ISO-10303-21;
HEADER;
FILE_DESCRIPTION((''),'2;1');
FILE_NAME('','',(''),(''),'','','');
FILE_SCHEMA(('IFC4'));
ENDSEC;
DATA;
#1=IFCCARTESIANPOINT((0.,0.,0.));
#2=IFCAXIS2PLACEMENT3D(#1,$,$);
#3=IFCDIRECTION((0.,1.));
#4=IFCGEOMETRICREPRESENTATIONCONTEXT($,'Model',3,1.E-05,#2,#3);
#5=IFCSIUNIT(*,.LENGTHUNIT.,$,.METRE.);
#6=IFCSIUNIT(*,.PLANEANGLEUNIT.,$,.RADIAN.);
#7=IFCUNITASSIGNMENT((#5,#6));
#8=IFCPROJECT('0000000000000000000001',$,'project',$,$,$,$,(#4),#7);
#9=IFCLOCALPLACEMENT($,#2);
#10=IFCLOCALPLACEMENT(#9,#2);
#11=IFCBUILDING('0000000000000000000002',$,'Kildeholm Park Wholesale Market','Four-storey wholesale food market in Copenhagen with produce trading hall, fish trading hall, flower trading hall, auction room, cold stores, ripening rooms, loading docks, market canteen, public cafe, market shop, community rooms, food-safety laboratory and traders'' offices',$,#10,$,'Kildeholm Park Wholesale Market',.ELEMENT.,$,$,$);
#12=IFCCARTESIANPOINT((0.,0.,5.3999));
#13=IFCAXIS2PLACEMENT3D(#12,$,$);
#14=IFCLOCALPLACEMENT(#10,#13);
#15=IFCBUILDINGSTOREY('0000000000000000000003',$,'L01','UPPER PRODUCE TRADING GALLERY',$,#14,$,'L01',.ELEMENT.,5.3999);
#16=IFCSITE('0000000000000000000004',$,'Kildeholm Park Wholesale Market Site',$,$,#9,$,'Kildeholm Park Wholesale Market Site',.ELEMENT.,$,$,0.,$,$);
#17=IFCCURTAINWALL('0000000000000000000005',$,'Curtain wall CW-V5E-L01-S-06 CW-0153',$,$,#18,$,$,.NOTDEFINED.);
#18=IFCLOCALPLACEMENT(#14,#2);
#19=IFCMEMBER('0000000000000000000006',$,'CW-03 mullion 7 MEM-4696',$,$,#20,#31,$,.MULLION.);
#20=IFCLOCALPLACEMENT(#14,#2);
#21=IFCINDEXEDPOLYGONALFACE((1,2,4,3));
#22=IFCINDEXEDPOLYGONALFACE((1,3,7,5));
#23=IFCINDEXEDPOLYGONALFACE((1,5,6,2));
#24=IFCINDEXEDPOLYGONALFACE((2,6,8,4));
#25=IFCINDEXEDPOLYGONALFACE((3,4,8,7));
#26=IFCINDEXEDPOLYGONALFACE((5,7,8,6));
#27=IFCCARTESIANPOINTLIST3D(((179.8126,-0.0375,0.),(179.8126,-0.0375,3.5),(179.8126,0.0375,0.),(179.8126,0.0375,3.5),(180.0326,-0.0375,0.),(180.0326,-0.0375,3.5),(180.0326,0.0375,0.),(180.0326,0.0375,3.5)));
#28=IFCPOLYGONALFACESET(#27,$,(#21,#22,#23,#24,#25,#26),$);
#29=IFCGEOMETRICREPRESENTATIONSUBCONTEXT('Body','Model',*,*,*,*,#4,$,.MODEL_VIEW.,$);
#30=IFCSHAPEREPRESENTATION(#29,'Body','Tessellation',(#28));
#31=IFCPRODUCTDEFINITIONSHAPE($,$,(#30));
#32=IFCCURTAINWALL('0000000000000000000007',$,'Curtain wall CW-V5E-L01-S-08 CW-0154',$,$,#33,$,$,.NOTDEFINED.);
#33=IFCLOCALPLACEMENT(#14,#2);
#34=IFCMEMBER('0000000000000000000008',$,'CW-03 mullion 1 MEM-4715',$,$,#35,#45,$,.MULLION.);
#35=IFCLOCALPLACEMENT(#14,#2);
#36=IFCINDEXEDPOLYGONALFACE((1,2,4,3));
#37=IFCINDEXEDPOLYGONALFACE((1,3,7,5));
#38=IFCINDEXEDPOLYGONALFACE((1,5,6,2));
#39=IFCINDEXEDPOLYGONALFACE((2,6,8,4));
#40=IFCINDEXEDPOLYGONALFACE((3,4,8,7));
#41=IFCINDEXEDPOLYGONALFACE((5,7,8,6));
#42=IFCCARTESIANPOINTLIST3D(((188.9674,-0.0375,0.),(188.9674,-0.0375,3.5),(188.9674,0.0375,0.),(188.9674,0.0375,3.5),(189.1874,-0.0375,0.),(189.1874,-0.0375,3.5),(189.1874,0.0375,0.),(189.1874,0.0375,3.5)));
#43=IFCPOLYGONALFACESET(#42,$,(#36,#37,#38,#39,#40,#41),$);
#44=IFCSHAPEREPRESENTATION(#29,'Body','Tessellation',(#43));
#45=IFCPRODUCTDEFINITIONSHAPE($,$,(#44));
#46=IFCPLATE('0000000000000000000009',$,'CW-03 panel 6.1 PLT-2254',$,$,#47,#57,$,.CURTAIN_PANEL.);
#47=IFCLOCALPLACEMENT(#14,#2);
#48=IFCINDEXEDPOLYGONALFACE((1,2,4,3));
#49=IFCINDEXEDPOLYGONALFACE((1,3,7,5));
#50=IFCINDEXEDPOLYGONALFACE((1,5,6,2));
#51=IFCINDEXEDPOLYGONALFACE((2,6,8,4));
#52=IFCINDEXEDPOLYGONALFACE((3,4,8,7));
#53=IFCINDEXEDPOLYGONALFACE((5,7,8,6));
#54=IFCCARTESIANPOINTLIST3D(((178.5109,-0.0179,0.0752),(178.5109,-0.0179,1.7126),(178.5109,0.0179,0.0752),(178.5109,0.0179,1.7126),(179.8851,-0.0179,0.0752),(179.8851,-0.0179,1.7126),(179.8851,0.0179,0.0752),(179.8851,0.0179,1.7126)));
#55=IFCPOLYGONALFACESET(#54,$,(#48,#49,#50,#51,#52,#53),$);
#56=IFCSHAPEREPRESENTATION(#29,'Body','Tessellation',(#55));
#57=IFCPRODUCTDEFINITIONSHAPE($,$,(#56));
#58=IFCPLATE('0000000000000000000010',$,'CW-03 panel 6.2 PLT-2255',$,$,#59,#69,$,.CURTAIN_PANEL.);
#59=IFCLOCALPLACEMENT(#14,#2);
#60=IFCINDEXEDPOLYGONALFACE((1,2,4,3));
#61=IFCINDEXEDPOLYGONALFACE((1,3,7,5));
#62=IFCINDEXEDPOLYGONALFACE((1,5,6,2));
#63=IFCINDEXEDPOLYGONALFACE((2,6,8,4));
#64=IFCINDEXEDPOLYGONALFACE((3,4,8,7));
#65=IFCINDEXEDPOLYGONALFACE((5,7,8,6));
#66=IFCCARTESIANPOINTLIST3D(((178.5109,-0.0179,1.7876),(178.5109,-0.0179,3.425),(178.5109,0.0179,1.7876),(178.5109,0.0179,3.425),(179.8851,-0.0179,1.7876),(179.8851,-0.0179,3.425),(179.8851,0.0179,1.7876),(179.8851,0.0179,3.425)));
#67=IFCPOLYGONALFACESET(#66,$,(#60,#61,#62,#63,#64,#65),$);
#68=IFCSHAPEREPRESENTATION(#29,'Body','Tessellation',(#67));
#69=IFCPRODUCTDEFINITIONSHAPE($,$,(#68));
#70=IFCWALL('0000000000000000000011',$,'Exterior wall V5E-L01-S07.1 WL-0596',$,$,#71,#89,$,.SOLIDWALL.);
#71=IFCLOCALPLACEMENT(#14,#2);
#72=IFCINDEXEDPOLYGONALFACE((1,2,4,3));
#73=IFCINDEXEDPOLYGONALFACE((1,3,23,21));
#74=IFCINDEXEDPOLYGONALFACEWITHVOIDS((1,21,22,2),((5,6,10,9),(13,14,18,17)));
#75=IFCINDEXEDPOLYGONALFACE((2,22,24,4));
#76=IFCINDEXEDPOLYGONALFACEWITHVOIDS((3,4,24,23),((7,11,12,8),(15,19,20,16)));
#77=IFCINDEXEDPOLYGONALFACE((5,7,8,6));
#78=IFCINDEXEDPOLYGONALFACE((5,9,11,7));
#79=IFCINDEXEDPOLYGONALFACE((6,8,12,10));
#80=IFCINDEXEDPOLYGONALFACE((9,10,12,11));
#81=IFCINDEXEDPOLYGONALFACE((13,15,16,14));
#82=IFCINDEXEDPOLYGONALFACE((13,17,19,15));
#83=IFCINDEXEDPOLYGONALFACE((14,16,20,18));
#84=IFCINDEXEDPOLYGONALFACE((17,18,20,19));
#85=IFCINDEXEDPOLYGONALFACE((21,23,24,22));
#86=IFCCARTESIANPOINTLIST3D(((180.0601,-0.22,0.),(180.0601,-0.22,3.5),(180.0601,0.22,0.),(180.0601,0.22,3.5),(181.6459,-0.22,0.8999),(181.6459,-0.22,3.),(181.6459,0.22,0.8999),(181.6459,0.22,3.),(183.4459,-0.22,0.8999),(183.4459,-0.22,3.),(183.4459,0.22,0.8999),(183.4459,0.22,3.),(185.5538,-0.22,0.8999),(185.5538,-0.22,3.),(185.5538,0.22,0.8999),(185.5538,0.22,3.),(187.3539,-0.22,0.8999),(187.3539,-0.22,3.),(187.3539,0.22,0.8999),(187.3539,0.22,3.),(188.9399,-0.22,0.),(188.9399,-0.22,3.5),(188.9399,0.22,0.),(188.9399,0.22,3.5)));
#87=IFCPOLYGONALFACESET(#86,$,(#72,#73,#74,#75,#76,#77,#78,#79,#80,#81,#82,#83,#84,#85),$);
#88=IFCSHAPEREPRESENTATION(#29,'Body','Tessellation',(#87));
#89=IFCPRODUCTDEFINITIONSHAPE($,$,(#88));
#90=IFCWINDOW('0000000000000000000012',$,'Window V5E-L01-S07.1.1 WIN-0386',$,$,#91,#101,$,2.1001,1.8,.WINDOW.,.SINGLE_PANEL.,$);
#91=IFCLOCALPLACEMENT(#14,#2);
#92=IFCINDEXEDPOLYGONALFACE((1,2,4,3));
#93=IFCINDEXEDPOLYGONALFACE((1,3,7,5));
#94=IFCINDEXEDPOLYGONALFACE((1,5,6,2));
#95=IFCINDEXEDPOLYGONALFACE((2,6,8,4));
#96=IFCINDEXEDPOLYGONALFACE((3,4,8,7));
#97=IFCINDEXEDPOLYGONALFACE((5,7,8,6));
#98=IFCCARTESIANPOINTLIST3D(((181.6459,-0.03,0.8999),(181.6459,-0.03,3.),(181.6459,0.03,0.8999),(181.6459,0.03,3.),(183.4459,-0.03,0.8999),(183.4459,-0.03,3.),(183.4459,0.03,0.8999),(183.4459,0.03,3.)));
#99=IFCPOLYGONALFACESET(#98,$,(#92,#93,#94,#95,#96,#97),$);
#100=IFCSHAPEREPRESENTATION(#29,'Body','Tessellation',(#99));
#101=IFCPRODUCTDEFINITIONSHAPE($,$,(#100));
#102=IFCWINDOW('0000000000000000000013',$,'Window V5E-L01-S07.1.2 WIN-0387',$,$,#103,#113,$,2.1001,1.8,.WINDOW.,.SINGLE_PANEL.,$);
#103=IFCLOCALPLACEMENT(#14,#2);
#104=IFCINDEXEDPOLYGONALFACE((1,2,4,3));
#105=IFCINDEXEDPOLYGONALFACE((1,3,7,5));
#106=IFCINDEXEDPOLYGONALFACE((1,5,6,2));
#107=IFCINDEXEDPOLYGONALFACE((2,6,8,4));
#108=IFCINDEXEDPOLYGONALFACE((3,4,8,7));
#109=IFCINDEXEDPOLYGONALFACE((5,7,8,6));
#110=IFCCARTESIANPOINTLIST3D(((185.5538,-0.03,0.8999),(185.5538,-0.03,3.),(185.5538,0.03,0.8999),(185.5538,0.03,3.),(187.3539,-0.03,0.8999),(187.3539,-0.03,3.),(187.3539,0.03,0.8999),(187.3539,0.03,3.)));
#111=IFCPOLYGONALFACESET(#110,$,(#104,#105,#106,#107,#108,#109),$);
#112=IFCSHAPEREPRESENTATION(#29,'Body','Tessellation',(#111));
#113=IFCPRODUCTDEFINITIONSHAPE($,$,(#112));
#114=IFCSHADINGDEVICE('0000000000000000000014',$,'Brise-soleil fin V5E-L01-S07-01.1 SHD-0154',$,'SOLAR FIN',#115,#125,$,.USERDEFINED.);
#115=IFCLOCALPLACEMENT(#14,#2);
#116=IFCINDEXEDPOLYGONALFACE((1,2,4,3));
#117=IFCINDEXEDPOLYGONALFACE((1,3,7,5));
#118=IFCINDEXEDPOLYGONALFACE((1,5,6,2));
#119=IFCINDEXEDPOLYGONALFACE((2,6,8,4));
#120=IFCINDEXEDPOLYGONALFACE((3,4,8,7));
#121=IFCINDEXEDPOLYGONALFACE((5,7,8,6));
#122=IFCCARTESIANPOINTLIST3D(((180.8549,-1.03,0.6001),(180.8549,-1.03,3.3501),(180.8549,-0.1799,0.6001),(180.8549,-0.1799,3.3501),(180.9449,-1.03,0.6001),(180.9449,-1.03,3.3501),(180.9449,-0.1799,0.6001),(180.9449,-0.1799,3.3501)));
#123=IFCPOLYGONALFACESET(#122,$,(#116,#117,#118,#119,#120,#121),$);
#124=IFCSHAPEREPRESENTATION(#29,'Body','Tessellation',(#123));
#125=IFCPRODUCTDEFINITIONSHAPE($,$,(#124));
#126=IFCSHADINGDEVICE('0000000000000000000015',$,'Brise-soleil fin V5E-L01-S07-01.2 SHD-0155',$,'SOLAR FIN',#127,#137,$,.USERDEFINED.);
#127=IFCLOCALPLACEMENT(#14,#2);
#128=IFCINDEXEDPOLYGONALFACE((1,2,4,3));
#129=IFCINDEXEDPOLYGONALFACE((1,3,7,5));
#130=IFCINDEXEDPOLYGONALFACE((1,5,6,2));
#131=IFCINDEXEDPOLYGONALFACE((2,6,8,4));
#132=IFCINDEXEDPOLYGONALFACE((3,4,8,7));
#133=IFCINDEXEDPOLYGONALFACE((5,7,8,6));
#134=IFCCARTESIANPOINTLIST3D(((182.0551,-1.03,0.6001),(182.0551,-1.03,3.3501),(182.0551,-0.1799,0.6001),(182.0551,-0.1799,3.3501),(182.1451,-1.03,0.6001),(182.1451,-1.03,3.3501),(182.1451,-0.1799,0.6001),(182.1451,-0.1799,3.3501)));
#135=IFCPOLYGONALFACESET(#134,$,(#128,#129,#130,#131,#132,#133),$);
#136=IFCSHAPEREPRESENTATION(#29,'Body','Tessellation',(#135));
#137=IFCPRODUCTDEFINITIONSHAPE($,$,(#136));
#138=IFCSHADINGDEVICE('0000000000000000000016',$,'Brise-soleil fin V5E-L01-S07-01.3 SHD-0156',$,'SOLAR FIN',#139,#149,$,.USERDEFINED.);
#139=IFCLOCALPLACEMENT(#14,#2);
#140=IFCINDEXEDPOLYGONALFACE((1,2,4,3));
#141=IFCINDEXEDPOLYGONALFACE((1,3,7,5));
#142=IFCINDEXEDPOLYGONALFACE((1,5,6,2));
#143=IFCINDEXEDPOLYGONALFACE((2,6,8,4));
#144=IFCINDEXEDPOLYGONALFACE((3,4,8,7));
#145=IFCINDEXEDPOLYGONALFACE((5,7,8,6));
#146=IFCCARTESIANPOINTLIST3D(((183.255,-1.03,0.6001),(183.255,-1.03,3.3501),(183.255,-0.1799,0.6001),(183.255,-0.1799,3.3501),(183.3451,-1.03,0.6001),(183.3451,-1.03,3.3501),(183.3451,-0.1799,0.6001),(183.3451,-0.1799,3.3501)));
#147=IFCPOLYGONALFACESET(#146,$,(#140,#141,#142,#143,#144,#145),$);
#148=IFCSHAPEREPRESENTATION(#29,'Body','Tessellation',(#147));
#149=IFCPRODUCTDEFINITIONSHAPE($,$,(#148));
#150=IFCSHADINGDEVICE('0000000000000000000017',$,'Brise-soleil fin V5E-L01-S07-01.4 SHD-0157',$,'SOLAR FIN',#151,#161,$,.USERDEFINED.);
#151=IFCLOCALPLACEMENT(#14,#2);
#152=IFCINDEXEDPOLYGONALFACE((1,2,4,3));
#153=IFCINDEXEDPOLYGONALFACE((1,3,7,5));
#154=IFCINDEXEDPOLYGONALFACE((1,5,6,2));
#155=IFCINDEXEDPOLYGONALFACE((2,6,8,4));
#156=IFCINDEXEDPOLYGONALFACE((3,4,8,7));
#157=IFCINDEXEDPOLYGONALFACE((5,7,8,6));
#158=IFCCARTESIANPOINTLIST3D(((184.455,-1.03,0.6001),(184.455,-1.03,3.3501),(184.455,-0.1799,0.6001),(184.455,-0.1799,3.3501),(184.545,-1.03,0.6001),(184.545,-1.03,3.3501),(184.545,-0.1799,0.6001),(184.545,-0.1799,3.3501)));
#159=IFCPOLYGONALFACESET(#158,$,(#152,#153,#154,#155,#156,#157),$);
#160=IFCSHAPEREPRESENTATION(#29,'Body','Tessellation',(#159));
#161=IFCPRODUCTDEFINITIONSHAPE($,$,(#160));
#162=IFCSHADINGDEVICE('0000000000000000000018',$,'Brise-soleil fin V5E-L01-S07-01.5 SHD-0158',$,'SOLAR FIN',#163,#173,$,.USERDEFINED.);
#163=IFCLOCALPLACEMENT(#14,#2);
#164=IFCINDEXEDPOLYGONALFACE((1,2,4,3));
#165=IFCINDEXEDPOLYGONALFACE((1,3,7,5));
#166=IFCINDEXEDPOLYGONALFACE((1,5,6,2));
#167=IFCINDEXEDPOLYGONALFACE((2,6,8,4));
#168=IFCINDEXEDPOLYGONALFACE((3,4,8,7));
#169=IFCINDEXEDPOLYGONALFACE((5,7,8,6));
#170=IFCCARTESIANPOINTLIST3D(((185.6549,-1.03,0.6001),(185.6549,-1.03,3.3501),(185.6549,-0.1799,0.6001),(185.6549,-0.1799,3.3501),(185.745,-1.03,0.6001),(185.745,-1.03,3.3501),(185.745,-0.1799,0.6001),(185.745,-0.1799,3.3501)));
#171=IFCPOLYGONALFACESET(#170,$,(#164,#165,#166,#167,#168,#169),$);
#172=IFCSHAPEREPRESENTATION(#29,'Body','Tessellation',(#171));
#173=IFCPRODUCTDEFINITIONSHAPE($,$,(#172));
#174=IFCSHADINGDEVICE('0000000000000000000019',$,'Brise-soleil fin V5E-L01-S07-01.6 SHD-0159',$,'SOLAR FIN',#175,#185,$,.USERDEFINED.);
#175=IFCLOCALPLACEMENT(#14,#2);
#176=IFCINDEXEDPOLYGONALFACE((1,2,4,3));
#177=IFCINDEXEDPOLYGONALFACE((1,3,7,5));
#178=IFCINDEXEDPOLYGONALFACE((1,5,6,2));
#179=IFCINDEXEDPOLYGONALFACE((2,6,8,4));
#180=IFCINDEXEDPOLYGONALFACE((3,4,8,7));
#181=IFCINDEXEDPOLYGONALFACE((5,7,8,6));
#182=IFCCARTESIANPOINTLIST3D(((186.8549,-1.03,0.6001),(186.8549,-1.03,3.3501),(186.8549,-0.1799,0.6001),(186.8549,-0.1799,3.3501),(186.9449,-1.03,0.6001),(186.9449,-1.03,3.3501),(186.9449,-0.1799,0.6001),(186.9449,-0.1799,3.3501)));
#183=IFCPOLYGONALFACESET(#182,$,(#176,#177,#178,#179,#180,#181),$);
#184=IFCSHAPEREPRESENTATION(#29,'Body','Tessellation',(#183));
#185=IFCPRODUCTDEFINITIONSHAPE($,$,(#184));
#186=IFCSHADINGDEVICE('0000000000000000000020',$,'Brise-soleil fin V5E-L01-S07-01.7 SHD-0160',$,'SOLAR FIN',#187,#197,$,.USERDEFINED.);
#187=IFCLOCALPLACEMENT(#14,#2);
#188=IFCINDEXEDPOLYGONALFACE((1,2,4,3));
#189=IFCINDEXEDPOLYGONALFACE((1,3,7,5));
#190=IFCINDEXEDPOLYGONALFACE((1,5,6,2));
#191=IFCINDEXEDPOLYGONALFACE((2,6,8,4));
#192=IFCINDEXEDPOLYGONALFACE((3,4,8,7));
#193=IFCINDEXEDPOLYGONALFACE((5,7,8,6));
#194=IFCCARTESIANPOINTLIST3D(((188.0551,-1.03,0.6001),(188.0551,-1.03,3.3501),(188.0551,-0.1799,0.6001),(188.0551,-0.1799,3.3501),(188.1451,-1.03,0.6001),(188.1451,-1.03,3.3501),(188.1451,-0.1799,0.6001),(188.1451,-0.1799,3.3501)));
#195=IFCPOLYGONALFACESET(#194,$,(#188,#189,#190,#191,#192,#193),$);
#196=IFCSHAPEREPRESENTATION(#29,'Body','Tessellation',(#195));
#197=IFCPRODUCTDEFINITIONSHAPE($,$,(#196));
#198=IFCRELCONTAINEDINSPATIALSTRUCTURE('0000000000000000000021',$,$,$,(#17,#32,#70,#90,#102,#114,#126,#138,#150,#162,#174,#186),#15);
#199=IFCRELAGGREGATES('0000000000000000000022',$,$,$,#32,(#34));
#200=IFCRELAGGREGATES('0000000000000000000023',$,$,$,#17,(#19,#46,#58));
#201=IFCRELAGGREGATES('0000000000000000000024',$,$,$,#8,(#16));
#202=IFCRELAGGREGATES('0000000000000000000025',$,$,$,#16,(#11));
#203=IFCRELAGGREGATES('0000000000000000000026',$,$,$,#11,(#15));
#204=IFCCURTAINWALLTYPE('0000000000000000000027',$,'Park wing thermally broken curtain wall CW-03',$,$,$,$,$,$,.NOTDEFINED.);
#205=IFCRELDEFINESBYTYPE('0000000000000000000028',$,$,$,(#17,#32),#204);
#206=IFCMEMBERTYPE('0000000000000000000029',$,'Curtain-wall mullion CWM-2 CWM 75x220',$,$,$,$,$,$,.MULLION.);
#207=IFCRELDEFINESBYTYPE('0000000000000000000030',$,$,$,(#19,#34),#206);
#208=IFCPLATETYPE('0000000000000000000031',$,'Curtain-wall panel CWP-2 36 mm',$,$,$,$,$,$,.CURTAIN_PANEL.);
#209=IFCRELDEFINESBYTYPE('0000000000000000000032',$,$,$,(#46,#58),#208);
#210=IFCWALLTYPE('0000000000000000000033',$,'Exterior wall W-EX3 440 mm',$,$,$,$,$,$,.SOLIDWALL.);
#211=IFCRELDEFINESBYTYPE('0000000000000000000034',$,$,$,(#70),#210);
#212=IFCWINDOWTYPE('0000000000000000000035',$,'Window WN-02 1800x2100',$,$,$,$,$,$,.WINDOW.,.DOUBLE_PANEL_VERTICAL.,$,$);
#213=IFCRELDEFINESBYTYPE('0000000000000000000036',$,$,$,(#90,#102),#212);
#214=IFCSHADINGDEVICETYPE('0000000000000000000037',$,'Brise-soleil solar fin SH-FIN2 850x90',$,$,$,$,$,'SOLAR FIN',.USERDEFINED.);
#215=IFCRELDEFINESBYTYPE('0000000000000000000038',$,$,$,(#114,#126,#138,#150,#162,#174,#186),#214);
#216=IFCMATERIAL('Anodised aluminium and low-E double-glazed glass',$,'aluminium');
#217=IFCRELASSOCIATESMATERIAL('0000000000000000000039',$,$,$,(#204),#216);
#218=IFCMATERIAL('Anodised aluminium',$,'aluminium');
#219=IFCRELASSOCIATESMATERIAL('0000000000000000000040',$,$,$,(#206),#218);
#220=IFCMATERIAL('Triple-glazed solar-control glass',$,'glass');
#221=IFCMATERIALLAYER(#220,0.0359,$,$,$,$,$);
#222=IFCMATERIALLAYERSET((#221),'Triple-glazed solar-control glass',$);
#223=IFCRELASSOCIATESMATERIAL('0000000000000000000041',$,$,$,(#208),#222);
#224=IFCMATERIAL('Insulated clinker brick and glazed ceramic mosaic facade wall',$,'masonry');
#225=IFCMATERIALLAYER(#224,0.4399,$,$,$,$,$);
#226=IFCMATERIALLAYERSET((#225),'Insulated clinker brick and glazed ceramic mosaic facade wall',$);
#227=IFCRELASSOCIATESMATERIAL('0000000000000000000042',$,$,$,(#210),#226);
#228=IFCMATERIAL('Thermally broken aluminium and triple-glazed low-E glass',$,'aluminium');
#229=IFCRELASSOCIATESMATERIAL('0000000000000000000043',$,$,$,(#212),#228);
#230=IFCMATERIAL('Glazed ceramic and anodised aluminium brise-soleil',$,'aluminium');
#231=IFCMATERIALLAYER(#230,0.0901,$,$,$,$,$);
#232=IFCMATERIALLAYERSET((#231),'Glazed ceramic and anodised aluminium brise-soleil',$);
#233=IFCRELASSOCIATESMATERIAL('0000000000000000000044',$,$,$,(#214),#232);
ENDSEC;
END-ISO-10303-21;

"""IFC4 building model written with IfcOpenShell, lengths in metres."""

from ifc_helpers import new_model, si_unit, direction, frame, frame_2d, origin, origin_2d, place, context, subcontext, project, spatial, rectangle, extrude, material, layer, layer_set, material_profile, profile_set, type_object, element, fill, aggregate, save


model = new_model("IFC4")

# Units and contexts
model_context = context("Model", 3, precision=1e-05, world=origin(), true_north=direction((0.0, 1.0)))
body_context = subcontext(model_context, "Body", "Model", "MODEL_VIEW")
ifc_project = project(units=[si_unit("LENGTHUNIT", "METRE"), si_unit("PLANEANGLEUNIT", "RADIAN")], contexts=[model_context])

# Site, building, storey
site_placement = place(None, origin())
site = spatial("IfcSite", under=ifc_project, at=site_placement, Name="Kildeholm Park Wholesale Market Site", LongName="Kildeholm Park Wholesale Market Site", CompositionType="ELEMENT", RefElevation=0.0)
building_placement = place(site_placement, origin())
building = spatial("IfcBuilding", under=site, at=building_placement, Name="Kildeholm Park Wholesale Market", Description="Four-storey wholesale food market in Copenhagen with produce trading hall, fish trading hall, flower trading hall, auction room, cold stores, ripening rooms, loading docks, market canteen, public cafe, market shop, community rooms, food-safety laboratory and traders' offices", LongName="Kildeholm Park Wholesale Market", CompositionType="ELEMENT")
storey_placement = place(building_placement, frame((0.0, 0.0, 5.3999)))
storey = spatial("IfcBuildingStorey", under=building, at=storey_placement, Name="L01", Description="UPPER PRODUCE TRADING GALLERY", LongName="L01", CompositionType="ELEMENT", Elevation=5.3999)

# Curtain walls, members
ifc_material_1 = material(Name="Anodised aluminium and low-E double-glazed glass", Category="aluminium")
curtain_wall_type = type_object("IfcCurtainWallType", Name="Park wing thermally broken curtain wall CW-03", PredefinedType="NOTDEFINED", material=ifc_material_1)
curtain_wall_1_placement = place(storey_placement, origin())
curtain_wall_1 = element("IfcCurtainWall", 1, at=curtain_wall_1_placement, inside=storey, type_object=curtain_wall_type, Name="Curtain wall CW-V5E-L01-S-06 CW-0153", PredefinedType="NOTDEFINED")
ifc_material_2 = material(Name="Anodised aluminium", Category="aluminium")
ifc_material_profile_1 = material_profile(ifc_material_2, rectangle(XDim=0.075, YDim=0.22, at=origin_2d()), Name="CWM 75x220")
ifc_profile_set_1 = profile_set([ifc_material_profile_1], Name="Anodised aluminium")
member_type = type_object("IfcMemberType", Name="Curtain-wall mullion CWM-2 CWM 75x220", PredefinedType="MULLION", material=ifc_profile_set_1)
member_1_placement = place(storey_placement, frame((179.9226, 0.0, 0.0), z_axis=(0.0, 0.0, 1.0), x_axis=(0.0, 1.0, 0.0)))
member_1 = element("IfcMember", 2, at=member_1_placement, type_object=member_type, Name="CW-03 mullion 7 MEM-4696", PredefinedType="MULLION", context=body_context, shape_type="SweptSolid", body=[
    extrude(rectangle(XDim=0.075, YDim=0.22, at=origin_2d()), origin(), (0.0, 0.0, 1.0), 3.5),
])
curtain_wall_2_placement = place(storey_placement, origin())
curtain_wall_2 = element("IfcCurtainWall", 3, at=curtain_wall_2_placement, inside=storey, type_object=curtain_wall_type, Name="Curtain wall CW-V5E-L01-S-08 CW-0154", PredefinedType="NOTDEFINED")
member_2_placement = place(storey_placement, frame((189.0774, 0.0, 0.0), z_axis=(0.0, 0.0, 1.0), x_axis=(0.0, 1.0, 0.0)))
member_2 = element("IfcMember", 4, at=member_2_placement, type_object=member_type, Name="CW-03 mullion 1 MEM-4715", PredefinedType="MULLION", context=body_context, shape_type="SweptSolid", body=[
    extrude(rectangle(XDim=0.075, YDim=0.22, at=origin_2d()), origin(), (0.0, 0.0, 1.0), 3.5),
])
aggregate(curtain_wall_2, [member_2])

# Plates
ifc_material_3 = material(Name="Triple-glazed solar-control glass", Category="glass")
ifc_layer_1 = layer(ifc_material_3, 0.0359)
ifc_layer_set_1 = layer_set([ifc_layer_1], Name="Triple-glazed solar-control glass")
plate_type = type_object("IfcPlateType", Name="Curtain-wall panel CWP-2 36 mm", PredefinedType="CURTAIN_PANEL", material=ifc_layer_set_1)
plate_1_placement = place(storey_placement, frame((179.198, 0.0, 0.0752), z_axis=(0.0, 0.0, 1.0), x_axis=(1.0, 0.0, 0.0)))
plate_1 = element("IfcPlate", 5, at=plate_1_placement, type_object=plate_type, Name="CW-03 panel 6.1 PLT-2254", PredefinedType="CURTAIN_PANEL", context=body_context, shape_type="SweptSolid", body=[
    extrude(rectangle(XDim=1.3743, YDim=0.0359, at=origin_2d()), origin(), (0.0, 0.0, 1.0), 1.6375),
])
plate_2_placement = place(storey_placement, frame((179.198, 0.0, 1.7876), z_axis=(0.0, 0.0, 1.0), x_axis=(1.0, 0.0, 0.0)))
plate_2 = element("IfcPlate", 6, at=plate_2_placement, type_object=plate_type, Name="CW-03 panel 6.2 PLT-2255", PredefinedType="CURTAIN_PANEL", context=body_context, shape_type="SweptSolid", body=[
    extrude(rectangle(XDim=1.3743, YDim=0.0359, at=origin_2d()), origin(), (0.0, 0.0, 1.0), 1.6375),
])
aggregate(curtain_wall_1, [member_1, plate_1, plate_2])

# Wall, openings, windows
ifc_material_4 = material(Name="Insulated clinker brick and glazed ceramic mosaic facade wall", Category="masonry")
ifc_layer_2 = layer(ifc_material_4, 0.4399)
ifc_layer_set_2 = layer_set([ifc_layer_2], Name="Insulated clinker brick and glazed ceramic mosaic facade wall")
wall_type = type_object("IfcWallType", Name="Exterior wall W-EX3 440 mm", PredefinedType="SOLIDWALL", material=ifc_layer_set_2)
wall_placement = place(storey_placement, frame((180.0601, 0.0, 0.0), z_axis=(0.0, 0.0, 1.0), x_axis=(1.0, 0.0, 0.0)))
wall = element("IfcWall", 7, at=wall_placement, inside=storey, type_object=wall_type, Name="Exterior wall V5E-L01-S07.1 WL-0596", PredefinedType="SOLIDWALL", context=body_context, shape_type="SweptSolid", body=[
    extrude(rectangle(XDim=8.8799, YDim=0.4399, at=frame_2d((4.4399, 0.0))), origin(), (0.0, 0.0, 1.0), 3.5),
])
opening_1_placement = place(wall_placement, frame((1.5859, 0.0, 0.8999)))
opening_1 = element("IfcOpeningElement", 8, at=opening_1_placement, cuts=wall, PredefinedType="OPENING", context=body_context, shape_type="SweptSolid", body=[
    extrude(rectangle(XDim=1.8, YDim=2.1001, at=frame_2d((0.8999, 1.05))), frame((0.0, 0.23, 0.0), z_axis=(0.0, -1.0, 0.0), x_axis=(1.0, 0.0, 0.0)), (0.0, 0.0, 1.0), 0.46),
])
opening_2_placement = place(wall_placement, frame((5.4939, 0.0, 0.8999)))
opening_2 = element("IfcOpeningElement", 9, at=opening_2_placement, cuts=wall, PredefinedType="OPENING", context=body_context, shape_type="SweptSolid", body=[
    extrude(rectangle(XDim=1.8, YDim=2.1001, at=frame_2d((0.8999, 1.05))), frame((0.0, 0.23, 0.0), z_axis=(0.0, -1.0, 0.0), x_axis=(1.0, 0.0, 0.0)), (0.0, 0.0, 1.0), 0.46),
])
ifc_material_5 = material(Name="Thermally broken aluminium and triple-glazed low-E glass", Category="aluminium")
window_type = type_object("IfcWindowType", Name="Window WN-02 1800x2100", PartitioningType="DOUBLE_PANEL_VERTICAL", PredefinedType="WINDOW", material=ifc_material_5)
window_1_placement = place(opening_1_placement, origin())
window_1 = element("IfcWindow", 10, at=window_1_placement, inside=storey, type_object=window_type, Name="Window V5E-L01-S07.1.1 WIN-0386", OverallHeight=2.1001, OverallWidth=1.8, PartitioningType="SINGLE_PANEL", PredefinedType="WINDOW", context=body_context, shape_type="SweptSolid", body=[
    extrude(rectangle(XDim=1.8, YDim=2.1001, at=frame_2d((0.8999, 1.05))), frame((0.0, 0.03, 0.0), z_axis=(0.0, -1.0, 0.0), x_axis=(1.0, 0.0, 0.0)), (0.0, 0.0, 1.0), 0.0601),
])
fill(opening_1, window_1)
window_2_placement = place(opening_2_placement, origin())
window_2 = element("IfcWindow", 11, at=window_2_placement, inside=storey, type_object=window_type, Name="Window V5E-L01-S07.1.2 WIN-0387", OverallHeight=2.1001, OverallWidth=1.8, PartitioningType="SINGLE_PANEL", PredefinedType="WINDOW", context=body_context, shape_type="SweptSolid", body=[
    extrude(rectangle(XDim=1.8, YDim=2.1001, at=frame_2d((0.8999, 1.05))), frame((0.0, 0.03, 0.0), z_axis=(0.0, -1.0, 0.0), x_axis=(1.0, 0.0, 0.0)), (0.0, 0.0, 1.0), 0.0601),
])
fill(opening_2, window_2)

# Shading devices
ifc_material_6 = material(Name="Glazed ceramic and anodised aluminium brise-soleil", Category="aluminium")
ifc_layer_3 = layer(ifc_material_6, 0.0901)
ifc_layer_set_3 = layer_set([ifc_layer_3], Name="Glazed ceramic and anodised aluminium brise-soleil")
shading_device_type = type_object("IfcShadingDeviceType", Name="Brise-soleil solar fin SH-FIN2 850x90", ElementType="SOLAR FIN", PredefinedType="USERDEFINED", material=ifc_layer_set_3)
for number, where, z_axis, x_axis, name in (
    (12, (180.8999, -0.605, 0.6001), (0.0, 0.0, 1.0), (0.0, -1.0, 0.0), "Brise-soleil fin V5E-L01-S07-01.1 SHD-0154"),
    (13, (182.1001, -0.605, 0.6001), (0.0, 0.0, 1.0), (0.0, -1.0, 0.0), "Brise-soleil fin V5E-L01-S07-01.2 SHD-0155"),
    (14, (183.3, -0.605, 0.6001), (0.0, 0.0, 1.0), (0.0, -1.0, 0.0), "Brise-soleil fin V5E-L01-S07-01.3 SHD-0156"),
    (15, (184.5, -0.605, 0.6001), (0.0, 0.0, 1.0), (0.0, -1.0, 0.0), "Brise-soleil fin V5E-L01-S07-01.4 SHD-0157"),
    (16, (185.7, -0.605, 0.6001), (0.0, 0.0, 1.0), (0.0, -1.0, 0.0), "Brise-soleil fin V5E-L01-S07-01.5 SHD-0158"),
    (17, (186.8999, -0.605, 0.6001), (0.0, 0.0, 1.0), (0.0, -1.0, 0.0), "Brise-soleil fin V5E-L01-S07-01.6 SHD-0159"),
    (18, (188.1001, -0.605, 0.6001), (0.0, 0.0, 1.0), (0.0, -1.0, 0.0), "Brise-soleil fin V5E-L01-S07-01.7 SHD-0160"),
):
    element("IfcShadingDevice", number, at=place(storey_placement, frame(where, z_axis=z_axis, x_axis=x_axis)), inside=storey, type_object=shading_device_type, Name=name, ObjectType="SOLAR FIN", PredefinedType="USERDEFINED", context=body_context, shape_type="SweptSolid", body=[
        extrude(rectangle(XDim=0.8501, YDim=0.0901, at=origin_2d()), origin(), (0.0, 0.0, 1.0), 2.75),
    ])

save(model, "model.ifc")
